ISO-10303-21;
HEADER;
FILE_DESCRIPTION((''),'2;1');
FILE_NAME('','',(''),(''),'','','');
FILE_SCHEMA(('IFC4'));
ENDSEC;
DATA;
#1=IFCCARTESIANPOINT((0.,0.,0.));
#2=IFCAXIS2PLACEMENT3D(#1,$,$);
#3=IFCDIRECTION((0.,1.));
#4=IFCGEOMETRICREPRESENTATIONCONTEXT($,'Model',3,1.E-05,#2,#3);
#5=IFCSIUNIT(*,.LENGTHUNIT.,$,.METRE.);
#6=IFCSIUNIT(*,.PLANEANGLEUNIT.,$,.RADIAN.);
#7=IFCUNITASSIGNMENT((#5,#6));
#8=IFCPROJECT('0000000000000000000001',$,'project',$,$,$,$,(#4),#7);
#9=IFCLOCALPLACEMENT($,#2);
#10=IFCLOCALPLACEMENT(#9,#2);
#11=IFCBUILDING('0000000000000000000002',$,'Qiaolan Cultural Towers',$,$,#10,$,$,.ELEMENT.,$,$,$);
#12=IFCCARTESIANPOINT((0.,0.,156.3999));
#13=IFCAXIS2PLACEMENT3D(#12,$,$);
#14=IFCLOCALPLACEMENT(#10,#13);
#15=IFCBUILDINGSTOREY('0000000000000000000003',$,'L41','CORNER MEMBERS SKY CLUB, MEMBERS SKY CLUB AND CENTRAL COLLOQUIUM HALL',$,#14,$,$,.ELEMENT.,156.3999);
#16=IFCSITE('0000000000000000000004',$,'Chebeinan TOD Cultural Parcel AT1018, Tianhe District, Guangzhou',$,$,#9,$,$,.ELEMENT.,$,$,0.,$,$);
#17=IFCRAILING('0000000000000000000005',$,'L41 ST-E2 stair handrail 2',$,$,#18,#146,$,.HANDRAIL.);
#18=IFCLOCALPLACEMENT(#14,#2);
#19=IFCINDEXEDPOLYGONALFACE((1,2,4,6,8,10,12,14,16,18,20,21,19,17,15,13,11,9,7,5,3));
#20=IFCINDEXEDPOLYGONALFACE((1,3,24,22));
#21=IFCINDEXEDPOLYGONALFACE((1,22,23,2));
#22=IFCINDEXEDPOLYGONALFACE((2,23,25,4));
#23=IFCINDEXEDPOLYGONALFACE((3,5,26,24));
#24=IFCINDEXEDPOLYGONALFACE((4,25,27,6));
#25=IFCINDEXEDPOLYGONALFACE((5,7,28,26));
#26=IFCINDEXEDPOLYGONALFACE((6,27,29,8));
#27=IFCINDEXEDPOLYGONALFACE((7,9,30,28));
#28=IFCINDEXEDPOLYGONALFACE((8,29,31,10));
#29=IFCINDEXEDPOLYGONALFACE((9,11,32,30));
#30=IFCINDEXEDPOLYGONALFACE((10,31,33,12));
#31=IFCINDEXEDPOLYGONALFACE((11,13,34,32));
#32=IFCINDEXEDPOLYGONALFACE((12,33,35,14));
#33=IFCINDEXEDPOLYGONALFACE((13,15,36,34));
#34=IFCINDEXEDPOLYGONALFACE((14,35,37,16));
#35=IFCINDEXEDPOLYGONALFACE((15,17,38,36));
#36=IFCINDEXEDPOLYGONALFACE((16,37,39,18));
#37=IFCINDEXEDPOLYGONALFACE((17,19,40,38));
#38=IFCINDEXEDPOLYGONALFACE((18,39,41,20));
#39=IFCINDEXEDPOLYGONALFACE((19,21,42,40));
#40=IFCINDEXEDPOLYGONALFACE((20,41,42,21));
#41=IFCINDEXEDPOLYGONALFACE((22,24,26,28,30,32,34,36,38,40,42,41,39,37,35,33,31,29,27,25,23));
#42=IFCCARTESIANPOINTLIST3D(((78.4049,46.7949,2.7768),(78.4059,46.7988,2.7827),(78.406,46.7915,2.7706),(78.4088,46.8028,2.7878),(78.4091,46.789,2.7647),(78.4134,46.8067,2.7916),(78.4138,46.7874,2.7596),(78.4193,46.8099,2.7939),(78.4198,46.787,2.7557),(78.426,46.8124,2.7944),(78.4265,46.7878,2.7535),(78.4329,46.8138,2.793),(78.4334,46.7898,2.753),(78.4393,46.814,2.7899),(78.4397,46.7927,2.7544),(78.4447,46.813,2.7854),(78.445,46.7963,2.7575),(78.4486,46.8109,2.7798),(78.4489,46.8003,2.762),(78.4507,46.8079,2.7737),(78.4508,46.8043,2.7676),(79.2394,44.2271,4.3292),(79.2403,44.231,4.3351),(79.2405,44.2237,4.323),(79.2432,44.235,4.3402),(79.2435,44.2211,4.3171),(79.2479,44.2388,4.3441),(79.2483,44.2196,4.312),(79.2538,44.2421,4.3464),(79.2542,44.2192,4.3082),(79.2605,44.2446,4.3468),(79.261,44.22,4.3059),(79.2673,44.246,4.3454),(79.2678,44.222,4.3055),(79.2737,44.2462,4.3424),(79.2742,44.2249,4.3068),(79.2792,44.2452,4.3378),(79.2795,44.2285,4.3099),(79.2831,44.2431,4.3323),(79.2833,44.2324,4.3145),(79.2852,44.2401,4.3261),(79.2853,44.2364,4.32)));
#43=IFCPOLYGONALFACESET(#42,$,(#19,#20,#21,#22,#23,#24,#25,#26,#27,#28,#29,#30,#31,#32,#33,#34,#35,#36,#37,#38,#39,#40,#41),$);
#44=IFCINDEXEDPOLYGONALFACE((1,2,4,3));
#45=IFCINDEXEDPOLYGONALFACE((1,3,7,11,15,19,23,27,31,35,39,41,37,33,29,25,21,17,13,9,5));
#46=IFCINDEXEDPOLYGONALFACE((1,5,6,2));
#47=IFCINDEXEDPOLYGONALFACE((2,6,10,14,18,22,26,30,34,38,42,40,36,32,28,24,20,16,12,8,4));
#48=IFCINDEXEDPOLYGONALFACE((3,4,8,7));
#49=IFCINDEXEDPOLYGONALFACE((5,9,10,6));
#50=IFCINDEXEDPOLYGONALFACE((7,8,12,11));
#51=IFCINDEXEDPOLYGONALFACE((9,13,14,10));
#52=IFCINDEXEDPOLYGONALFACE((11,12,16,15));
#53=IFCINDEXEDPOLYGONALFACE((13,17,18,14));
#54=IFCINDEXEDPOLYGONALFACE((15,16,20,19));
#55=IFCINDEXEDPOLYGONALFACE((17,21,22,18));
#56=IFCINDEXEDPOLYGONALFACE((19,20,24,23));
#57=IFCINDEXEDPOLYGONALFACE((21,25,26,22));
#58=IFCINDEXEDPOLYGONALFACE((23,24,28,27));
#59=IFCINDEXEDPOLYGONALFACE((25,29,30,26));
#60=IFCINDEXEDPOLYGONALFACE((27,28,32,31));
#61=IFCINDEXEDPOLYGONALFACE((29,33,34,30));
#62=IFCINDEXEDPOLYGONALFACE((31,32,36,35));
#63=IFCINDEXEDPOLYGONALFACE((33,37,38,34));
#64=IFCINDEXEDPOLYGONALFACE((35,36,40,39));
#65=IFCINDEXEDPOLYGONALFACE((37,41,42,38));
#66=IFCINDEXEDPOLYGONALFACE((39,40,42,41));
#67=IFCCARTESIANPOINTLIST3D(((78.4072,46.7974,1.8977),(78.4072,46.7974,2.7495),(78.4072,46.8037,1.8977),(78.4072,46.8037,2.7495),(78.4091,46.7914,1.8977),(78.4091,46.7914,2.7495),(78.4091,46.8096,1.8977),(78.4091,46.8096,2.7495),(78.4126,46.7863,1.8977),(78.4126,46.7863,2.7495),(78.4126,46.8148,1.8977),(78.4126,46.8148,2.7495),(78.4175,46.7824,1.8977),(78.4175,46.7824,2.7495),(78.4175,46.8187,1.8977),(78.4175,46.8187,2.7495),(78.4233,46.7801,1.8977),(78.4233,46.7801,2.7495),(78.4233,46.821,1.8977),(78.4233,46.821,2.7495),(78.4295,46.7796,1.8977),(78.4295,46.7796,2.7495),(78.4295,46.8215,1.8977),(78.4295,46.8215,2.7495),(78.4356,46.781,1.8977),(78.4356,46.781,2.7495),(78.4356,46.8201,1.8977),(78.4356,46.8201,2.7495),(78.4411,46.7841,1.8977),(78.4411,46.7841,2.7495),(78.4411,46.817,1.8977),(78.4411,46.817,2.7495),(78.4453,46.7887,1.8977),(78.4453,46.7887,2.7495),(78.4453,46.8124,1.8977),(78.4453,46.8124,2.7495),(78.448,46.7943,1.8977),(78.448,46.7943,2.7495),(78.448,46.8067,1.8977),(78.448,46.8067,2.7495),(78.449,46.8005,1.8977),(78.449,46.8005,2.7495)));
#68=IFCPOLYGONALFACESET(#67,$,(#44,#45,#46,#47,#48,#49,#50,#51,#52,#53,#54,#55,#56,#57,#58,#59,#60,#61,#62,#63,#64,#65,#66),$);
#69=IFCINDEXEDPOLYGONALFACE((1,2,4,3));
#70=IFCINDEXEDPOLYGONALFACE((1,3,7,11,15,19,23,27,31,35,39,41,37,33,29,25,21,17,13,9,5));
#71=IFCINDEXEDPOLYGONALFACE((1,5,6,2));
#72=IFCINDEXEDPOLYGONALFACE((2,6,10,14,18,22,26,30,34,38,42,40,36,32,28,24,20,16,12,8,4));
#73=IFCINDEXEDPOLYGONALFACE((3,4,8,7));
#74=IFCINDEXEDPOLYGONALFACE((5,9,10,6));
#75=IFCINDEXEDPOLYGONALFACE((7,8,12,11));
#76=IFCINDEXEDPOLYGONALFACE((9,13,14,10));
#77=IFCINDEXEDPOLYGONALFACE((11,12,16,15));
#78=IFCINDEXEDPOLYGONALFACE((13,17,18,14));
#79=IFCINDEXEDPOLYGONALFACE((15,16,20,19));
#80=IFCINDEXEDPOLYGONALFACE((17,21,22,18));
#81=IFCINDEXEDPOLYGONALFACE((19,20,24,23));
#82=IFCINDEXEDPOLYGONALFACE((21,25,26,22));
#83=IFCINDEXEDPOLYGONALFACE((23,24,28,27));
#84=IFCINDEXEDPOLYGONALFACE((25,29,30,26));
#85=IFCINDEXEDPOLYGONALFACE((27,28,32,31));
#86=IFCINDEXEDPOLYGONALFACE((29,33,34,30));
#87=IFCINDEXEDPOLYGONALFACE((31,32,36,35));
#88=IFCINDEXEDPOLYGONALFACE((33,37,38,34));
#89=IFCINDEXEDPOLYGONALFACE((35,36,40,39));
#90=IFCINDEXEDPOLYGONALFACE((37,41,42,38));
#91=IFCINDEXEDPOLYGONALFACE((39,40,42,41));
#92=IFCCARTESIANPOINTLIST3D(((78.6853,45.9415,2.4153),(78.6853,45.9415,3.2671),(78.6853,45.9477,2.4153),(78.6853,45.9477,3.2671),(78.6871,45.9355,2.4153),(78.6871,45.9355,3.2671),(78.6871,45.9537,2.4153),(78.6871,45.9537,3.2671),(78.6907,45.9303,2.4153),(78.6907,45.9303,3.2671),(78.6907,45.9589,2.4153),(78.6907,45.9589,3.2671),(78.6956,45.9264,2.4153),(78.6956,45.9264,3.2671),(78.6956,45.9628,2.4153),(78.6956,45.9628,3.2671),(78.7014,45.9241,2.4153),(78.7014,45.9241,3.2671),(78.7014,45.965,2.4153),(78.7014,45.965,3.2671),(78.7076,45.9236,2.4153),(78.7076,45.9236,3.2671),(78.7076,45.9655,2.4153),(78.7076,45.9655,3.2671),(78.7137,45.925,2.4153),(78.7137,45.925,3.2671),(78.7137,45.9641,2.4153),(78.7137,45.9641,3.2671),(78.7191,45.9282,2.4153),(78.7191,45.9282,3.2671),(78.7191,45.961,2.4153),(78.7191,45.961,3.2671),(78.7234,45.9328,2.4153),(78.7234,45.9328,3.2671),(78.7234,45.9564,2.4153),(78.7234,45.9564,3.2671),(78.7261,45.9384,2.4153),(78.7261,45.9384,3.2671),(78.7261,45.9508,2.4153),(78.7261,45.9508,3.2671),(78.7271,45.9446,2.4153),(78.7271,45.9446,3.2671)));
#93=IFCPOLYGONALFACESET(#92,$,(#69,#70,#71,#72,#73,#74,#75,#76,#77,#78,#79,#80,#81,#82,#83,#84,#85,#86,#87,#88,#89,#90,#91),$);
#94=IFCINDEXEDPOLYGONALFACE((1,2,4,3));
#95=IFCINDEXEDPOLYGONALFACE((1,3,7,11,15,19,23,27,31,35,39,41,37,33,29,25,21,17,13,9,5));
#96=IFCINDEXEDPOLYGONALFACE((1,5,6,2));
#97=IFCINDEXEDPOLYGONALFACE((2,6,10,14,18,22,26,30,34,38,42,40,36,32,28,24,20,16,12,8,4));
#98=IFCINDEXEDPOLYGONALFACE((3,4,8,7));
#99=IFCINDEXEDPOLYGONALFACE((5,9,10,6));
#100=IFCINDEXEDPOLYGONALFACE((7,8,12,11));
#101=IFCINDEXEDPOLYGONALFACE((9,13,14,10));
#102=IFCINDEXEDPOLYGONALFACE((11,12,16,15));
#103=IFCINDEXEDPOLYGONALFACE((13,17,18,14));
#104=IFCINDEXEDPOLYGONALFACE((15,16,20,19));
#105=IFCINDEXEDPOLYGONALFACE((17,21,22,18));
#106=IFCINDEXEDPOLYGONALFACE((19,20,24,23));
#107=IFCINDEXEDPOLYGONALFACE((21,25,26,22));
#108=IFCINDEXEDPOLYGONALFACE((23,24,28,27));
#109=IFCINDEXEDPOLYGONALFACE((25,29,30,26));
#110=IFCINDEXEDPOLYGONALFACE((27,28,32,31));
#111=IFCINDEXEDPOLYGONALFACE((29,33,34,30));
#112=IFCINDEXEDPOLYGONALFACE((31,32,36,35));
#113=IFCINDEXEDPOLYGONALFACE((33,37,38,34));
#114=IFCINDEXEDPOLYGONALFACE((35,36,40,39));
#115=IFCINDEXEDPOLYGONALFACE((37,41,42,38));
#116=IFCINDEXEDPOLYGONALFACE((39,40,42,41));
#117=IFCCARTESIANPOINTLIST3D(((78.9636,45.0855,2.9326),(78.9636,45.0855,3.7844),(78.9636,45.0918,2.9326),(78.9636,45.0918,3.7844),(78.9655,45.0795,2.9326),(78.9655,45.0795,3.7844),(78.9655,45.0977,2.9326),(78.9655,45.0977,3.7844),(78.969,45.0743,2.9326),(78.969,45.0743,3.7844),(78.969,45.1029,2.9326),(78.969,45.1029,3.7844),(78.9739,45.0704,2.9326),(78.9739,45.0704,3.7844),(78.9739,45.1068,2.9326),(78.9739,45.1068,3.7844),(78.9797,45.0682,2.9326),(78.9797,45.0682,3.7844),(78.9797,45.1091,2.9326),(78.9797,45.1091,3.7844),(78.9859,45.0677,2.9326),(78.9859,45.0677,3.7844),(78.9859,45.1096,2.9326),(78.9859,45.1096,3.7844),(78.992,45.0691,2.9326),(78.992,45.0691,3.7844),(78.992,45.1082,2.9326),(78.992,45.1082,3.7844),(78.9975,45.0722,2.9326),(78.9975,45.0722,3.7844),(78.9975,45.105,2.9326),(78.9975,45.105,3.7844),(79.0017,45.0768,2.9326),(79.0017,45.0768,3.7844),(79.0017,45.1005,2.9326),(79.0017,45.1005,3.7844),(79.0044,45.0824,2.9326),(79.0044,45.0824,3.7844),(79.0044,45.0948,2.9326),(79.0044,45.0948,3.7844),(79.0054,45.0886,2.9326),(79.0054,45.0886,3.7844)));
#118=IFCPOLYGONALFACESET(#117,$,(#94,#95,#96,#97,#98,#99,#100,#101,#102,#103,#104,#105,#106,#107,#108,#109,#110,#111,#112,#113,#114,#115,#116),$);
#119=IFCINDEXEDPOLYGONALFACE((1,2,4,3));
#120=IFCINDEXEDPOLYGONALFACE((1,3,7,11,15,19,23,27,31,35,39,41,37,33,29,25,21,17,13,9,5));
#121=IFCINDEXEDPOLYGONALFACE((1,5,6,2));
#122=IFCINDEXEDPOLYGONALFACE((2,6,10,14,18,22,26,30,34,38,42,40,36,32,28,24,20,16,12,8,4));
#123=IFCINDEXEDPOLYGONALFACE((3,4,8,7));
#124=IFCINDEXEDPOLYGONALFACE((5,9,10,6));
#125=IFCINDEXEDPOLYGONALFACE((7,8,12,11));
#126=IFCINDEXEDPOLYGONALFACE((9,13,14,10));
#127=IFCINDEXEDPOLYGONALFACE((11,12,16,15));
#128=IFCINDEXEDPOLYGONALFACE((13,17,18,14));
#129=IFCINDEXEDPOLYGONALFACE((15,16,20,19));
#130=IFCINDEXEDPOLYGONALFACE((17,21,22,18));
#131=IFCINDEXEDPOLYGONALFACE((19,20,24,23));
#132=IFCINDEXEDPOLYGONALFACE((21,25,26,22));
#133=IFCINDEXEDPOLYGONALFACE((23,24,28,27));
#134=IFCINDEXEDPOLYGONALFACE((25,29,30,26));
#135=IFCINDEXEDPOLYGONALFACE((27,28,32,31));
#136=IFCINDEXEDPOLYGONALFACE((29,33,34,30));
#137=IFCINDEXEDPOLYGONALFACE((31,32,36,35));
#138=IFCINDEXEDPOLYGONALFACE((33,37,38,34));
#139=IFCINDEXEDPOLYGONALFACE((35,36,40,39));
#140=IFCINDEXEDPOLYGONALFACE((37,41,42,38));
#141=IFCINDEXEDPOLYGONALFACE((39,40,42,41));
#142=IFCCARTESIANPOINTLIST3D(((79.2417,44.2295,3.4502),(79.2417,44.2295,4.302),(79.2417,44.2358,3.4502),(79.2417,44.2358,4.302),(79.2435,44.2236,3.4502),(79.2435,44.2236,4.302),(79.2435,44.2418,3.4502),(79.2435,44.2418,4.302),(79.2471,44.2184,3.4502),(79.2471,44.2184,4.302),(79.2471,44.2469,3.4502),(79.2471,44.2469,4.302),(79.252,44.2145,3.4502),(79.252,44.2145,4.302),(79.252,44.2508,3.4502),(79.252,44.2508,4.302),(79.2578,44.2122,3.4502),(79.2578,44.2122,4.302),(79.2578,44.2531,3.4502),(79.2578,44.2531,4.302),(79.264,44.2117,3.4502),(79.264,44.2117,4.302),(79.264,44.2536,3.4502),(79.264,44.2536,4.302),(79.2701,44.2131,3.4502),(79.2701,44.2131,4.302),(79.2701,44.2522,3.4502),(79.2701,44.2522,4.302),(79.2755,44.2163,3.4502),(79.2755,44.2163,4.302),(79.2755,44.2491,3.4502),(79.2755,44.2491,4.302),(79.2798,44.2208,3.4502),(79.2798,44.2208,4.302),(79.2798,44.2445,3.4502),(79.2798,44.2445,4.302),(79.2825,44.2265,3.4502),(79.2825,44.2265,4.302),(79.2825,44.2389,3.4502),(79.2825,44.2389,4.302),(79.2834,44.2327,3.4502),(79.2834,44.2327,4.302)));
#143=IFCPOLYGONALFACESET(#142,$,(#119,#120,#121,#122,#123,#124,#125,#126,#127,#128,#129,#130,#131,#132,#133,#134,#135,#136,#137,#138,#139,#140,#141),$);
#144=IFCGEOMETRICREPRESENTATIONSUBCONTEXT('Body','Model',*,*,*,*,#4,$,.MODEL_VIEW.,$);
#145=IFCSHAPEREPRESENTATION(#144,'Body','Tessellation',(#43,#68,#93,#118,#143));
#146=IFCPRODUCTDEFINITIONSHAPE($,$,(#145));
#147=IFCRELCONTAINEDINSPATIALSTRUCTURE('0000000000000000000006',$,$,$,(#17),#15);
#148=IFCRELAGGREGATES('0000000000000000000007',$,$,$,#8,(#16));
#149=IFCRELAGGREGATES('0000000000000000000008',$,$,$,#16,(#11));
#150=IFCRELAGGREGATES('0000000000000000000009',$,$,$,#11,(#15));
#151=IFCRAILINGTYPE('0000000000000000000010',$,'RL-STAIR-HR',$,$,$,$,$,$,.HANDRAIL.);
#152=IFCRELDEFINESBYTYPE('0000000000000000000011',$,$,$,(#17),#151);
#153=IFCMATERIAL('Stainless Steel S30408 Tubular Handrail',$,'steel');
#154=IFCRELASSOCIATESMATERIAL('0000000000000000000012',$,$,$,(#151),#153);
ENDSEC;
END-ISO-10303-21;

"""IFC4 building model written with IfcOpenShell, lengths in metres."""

from ifc_helpers import new_model, si_unit, direction, frame, origin, origin_2d, place, context, subcontext, project, spatial, circle, extrude, material, type_object, element, save


model = new_model("IFC4")

# Units and contexts
model_context = context("Model", 3, precision=1e-05, world=origin(), true_north=direction((0.0, 1.0)))
body_context = subcontext(model_context, "Body", "Model", "MODEL_VIEW")
ifc_project = project(units=[si_unit("LENGTHUNIT", "METRE"), si_unit("PLANEANGLEUNIT", "RADIAN")], contexts=[model_context])

# Site, building, storey
site_placement = place(None, origin())
site = spatial("IfcSite", under=ifc_project, at=site_placement, Name="Chebeinan TOD Cultural Parcel AT1018, Tianhe District, Guangzhou", CompositionType="ELEMENT", RefElevation=0.0)
building_placement = place(site_placement, origin())
building = spatial("IfcBuilding", under=site, at=building_placement, Name="Qiaolan Cultural Towers", CompositionType="ELEMENT")
storey_placement = place(building_placement, frame((0.0, 0.0, 156.3999)))
storey = spatial("IfcBuildingStorey", under=building, at=storey_placement, Name="L41", Description="CORNER MEMBERS SKY CLUB, MEMBERS SKY CLUB AND CENTRAL COLLOQUIUM HALL", CompositionType="ELEMENT", Elevation=156.3999)

# Railing
ifc_material_1 = material(Name="Stainless Steel S30408 Tubular Handrail", Category="steel")
railing_type_1 = type_object("IfcRailingType", Name="RL-STAIR-HR", PredefinedType="HANDRAIL", material=ifc_material_1)
railing_1_placement = place(storey_placement, frame((78.428, 46.8005, 1.8977)))
element("IfcRailing", 1, at=railing_1_placement, inside=storey, type_object=railing_type_1, Name="L41 ST-E2 stair handrail 2", PredefinedType="HANDRAIL", context=body_context, shape_type="SweptSolid", body=[
    extrude(circle(Radius=0.0239, at=origin_2d()), frame((0.0, 0.0, 0.876), z_axis=(0.267926, -0.824471, 0.498461), x_axis=(0.951043, 0.309057, 0.0)), (0.0, 0.0, 1.0), 3.1145),
    extrude(circle(Radius=0.021, at=origin_2d()), origin(), (0.0, 0.0, 1.0), 0.8518),
    extrude(circle(Radius=0.021, at=origin_2d()), frame((0.2781, -0.856, 0.5176)), (0.0, 0.0, 1.0), 0.8518),
    extrude(circle(Radius=0.021, at=origin_2d()), frame((0.5564, -1.7119, 1.0349)), (0.0, 0.0, 1.0), 0.8518),
    extrude(circle(Radius=0.021, at=origin_2d()), frame((0.8345, -2.5679, 1.5525)), (0.0, 0.0, 1.0), 0.8518),
])

save(model, "model.ifc")
